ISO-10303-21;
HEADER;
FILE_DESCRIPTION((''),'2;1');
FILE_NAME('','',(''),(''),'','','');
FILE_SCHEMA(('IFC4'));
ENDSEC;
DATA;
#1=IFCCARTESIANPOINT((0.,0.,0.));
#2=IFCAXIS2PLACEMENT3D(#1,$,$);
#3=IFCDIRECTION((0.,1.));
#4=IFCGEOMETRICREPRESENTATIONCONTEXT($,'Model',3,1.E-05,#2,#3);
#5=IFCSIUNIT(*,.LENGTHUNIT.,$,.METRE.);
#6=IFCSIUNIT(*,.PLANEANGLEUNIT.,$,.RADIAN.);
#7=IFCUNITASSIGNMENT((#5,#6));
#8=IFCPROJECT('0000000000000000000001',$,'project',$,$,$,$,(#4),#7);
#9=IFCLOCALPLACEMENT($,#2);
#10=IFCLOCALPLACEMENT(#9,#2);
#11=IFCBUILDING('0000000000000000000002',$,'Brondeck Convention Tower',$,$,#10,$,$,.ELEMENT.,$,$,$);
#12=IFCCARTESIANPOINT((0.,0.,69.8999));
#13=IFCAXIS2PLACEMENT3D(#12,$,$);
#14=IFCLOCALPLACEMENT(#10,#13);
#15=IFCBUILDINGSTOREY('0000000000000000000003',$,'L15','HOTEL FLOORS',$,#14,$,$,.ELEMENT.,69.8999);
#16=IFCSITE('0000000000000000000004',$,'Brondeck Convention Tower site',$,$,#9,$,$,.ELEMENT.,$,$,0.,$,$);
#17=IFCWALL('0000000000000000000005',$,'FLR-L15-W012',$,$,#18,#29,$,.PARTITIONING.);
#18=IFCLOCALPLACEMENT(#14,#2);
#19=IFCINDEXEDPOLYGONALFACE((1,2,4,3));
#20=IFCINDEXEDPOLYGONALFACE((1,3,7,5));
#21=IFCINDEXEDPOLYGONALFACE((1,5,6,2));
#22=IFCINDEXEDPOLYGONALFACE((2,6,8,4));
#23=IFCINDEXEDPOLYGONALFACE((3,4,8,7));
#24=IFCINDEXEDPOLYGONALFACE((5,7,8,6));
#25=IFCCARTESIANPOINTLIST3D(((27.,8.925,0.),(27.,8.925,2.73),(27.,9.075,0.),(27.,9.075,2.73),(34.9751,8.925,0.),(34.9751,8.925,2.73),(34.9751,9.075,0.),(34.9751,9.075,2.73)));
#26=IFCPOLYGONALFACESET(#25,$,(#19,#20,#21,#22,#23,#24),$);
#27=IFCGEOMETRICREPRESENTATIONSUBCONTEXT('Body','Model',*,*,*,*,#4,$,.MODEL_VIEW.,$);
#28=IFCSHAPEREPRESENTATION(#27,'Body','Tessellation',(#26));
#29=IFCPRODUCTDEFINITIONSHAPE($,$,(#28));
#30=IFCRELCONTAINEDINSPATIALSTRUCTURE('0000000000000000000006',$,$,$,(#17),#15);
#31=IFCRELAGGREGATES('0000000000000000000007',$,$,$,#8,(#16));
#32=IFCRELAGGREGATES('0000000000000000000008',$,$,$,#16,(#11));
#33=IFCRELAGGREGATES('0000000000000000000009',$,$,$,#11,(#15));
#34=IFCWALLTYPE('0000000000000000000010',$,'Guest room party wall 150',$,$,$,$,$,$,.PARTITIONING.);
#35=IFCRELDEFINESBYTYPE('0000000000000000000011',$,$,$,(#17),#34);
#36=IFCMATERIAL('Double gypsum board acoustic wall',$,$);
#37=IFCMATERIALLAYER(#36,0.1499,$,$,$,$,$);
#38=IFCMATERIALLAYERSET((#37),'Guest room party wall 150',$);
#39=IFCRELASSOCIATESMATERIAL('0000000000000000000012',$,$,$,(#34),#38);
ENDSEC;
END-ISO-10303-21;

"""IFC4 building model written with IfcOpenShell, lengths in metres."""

from ifc_helpers import new_model, si_unit, direction, frame, frame_2d, origin, place, context, subcontext, project, spatial, rectangle, extrude, material, layer, layer_set, type_object, element, save


model = new_model("IFC4")

# Units and contexts
model_context = context("Model", 3, precision=1e-05, world=origin(), true_north=direction((0.0, 1.0)))
body_context = subcontext(model_context, "Body", "Model", "MODEL_VIEW")
ifc_project = project(units=[si_unit("LENGTHUNIT", "METRE"), si_unit("PLANEANGLEUNIT", "RADIAN")], contexts=[model_context])

# Site, building, storey
site_placement = place(None, origin())
site = spatial("IfcSite", under=ifc_project, at=site_placement, Name="Brondeck Convention Tower site", CompositionType="ELEMENT", RefElevation=0.0)
building_placement = place(site_placement, origin())
building = spatial("IfcBuilding", under=site, at=building_placement, Name="Brondeck Convention Tower", CompositionType="ELEMENT")
storey_placement = place(building_placement, frame((0.0, 0.0, 69.8999)))
storey = spatial("IfcBuildingStorey", under=building, at=storey_placement, Name="L15", Description="HOTEL FLOORS", CompositionType="ELEMENT", Elevation=69.8999)

# Wall
ifc_material_1 = material(Name="Double gypsum board acoustic wall")
ifc_layer_1 = layer(ifc_material_1, 0.1499)
ifc_layer_set_1 = layer_set([ifc_layer_1], Name="Guest room party wall 150")
wall_type_1 = type_object("IfcWallType", Name="Guest room party wall 150", PredefinedType="PARTITIONING", material=ifc_layer_set_1)
wall_1_placement = place(storey_placement, frame((34.9751, 9.0, 0.0), z_axis=(0.0, 0.0, 1.0), x_axis=(-1.0, 0.0, 0.0)))
element("IfcWall", 1, at=wall_1_placement, inside=storey, type_object=wall_type_1, Name="FLR-L15-W012", PredefinedType="PARTITIONING", context=body_context, shape_type="SweptSolid", body=[
    extrude(rectangle(XDim=7.9751, YDim=0.1499, at=frame_2d((3.9875, 0.0))), origin(), (0.0, 0.0, 1.0), 2.73),
])

save(model, "model.ifc")
